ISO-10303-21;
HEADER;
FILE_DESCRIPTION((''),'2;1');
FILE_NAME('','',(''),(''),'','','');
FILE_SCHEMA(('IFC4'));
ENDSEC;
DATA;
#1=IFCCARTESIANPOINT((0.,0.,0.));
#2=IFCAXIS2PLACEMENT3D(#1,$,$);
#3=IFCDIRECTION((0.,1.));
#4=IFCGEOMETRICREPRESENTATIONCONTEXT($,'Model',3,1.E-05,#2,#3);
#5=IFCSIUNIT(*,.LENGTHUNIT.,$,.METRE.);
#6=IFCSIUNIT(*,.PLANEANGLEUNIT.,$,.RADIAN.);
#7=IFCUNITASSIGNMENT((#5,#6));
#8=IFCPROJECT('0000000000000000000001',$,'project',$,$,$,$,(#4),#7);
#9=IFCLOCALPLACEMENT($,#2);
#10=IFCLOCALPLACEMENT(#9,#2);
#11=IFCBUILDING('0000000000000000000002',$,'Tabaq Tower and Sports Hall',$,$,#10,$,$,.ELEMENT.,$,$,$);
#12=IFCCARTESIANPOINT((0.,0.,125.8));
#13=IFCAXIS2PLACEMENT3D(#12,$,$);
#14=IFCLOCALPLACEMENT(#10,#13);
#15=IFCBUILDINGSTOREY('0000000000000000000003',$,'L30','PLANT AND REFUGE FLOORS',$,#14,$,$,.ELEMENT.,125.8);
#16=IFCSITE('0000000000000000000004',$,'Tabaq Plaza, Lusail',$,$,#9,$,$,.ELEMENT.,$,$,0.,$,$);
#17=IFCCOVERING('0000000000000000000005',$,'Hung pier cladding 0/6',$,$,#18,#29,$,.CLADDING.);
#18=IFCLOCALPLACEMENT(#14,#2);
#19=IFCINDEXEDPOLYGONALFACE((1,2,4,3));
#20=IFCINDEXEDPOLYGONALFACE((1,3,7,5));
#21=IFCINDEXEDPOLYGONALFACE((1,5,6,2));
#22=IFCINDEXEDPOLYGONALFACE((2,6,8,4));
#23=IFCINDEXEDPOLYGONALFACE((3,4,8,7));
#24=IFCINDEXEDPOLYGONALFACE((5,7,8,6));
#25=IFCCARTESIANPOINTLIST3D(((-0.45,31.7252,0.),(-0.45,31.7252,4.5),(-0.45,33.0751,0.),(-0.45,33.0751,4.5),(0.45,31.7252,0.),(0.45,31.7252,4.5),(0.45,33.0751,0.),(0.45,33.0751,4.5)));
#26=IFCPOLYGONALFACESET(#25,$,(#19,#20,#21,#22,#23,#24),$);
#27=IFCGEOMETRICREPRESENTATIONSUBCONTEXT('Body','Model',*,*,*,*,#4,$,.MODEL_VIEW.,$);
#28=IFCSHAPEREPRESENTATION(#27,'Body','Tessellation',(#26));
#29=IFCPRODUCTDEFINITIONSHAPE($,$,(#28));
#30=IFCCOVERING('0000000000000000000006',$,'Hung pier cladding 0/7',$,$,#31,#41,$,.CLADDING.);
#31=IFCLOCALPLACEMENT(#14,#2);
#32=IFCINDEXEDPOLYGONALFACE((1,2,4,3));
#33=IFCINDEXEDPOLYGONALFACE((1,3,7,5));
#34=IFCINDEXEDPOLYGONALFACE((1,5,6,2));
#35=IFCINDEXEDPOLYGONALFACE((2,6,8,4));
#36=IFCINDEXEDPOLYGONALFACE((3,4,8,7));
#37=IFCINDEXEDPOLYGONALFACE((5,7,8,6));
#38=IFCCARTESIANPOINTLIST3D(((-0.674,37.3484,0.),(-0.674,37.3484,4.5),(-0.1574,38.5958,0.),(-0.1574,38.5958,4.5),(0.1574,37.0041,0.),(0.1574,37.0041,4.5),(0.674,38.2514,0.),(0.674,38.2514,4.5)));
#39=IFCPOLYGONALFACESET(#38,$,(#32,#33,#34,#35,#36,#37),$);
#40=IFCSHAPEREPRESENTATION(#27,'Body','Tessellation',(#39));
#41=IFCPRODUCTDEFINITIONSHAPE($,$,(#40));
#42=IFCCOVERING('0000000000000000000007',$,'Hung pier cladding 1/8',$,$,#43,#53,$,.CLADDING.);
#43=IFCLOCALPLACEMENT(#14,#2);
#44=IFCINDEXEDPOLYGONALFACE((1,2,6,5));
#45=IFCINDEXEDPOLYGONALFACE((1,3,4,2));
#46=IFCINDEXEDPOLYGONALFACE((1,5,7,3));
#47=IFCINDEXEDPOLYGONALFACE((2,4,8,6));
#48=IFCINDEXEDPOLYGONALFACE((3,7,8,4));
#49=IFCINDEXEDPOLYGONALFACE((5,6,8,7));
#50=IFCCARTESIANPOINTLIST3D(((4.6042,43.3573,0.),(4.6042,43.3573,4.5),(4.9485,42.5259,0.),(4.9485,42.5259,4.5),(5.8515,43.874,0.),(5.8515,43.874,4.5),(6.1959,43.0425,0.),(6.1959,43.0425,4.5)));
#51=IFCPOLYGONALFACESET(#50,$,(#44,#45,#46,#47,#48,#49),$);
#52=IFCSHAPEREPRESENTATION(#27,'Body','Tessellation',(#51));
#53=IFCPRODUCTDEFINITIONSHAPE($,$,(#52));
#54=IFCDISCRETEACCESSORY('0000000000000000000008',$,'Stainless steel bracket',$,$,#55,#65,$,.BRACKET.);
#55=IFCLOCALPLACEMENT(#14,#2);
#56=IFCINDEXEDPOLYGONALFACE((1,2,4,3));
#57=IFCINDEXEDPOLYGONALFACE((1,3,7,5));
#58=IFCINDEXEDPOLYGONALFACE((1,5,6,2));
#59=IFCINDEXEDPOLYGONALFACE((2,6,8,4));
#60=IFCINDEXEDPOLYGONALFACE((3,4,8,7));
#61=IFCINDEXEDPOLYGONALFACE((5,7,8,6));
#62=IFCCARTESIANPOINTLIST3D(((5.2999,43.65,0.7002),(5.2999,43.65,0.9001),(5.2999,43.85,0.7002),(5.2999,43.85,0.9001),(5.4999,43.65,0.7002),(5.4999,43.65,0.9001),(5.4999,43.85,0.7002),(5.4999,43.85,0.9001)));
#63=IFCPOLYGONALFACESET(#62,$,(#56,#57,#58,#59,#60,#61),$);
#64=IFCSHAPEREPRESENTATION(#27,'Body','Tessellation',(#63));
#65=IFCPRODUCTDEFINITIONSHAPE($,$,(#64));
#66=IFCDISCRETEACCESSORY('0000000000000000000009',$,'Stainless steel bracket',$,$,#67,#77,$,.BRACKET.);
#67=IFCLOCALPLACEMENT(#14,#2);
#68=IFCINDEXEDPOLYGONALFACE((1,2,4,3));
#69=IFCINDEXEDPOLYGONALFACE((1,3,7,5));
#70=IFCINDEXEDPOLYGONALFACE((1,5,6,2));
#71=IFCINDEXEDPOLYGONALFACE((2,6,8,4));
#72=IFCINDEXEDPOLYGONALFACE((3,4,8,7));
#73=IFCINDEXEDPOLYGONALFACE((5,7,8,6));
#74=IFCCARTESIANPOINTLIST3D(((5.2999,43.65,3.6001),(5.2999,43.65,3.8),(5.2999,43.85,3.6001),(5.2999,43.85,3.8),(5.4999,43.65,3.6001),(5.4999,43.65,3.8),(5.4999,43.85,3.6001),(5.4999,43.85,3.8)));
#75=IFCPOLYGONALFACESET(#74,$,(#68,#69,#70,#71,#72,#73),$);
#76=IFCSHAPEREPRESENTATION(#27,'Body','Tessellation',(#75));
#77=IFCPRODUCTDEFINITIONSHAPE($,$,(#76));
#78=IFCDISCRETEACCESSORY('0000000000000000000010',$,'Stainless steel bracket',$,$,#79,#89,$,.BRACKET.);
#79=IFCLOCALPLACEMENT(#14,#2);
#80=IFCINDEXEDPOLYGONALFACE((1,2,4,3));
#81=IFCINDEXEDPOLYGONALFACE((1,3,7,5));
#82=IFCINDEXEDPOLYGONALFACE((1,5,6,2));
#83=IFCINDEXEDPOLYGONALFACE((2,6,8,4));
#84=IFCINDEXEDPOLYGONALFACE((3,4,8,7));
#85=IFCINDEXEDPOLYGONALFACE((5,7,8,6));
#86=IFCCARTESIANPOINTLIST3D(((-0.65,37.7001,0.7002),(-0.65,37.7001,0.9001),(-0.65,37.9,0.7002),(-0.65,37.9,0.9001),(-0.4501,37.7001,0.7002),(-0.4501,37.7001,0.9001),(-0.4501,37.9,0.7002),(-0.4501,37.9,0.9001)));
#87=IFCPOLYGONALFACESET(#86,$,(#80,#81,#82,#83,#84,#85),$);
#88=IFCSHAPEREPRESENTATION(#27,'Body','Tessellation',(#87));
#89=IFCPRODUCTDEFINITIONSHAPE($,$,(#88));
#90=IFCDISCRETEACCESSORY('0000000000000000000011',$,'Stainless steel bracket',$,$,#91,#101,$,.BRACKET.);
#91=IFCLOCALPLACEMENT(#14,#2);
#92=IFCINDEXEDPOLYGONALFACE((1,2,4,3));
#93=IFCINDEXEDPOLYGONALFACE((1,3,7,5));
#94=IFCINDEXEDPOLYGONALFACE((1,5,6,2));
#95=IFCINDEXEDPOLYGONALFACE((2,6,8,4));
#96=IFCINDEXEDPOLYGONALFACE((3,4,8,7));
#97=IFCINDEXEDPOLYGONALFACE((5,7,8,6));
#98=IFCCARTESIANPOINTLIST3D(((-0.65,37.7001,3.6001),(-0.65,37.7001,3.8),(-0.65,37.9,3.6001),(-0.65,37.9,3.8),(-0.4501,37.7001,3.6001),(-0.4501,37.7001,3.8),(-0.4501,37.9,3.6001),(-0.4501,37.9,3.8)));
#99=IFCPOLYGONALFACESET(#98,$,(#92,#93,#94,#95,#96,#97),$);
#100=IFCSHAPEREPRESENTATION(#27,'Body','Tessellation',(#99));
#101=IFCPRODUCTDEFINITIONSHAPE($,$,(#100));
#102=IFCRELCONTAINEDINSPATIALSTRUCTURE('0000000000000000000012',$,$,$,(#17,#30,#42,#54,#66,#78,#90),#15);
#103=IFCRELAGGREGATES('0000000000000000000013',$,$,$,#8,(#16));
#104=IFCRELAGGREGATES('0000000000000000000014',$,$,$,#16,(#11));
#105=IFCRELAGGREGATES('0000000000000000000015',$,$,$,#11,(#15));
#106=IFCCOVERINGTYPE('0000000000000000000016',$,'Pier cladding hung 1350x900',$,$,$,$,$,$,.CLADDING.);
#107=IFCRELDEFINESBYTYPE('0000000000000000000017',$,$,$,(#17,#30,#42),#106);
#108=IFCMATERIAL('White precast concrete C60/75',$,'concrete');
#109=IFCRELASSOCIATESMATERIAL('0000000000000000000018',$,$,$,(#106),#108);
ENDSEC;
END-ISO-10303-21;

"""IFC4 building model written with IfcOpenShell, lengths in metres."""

from ifc_helpers import new_model, si_unit, direction, frame, frame_2d, origin, origin_2d, place, context, subcontext, project, spatial, rectangle, extrude, material, type_object, element, save


model = new_model("IFC4")

# Units and contexts
model_context = context("Model", 3, precision=1e-05, world=origin(), true_north=direction((0.0, 1.0)))
body_context = subcontext(model_context, "Body", "Model", "MODEL_VIEW")
ifc_project = project(units=[si_unit("LENGTHUNIT", "METRE"), si_unit("PLANEANGLEUNIT", "RADIAN")], contexts=[model_context])

# Site, building, storey
site_placement = place(None, origin())
site = spatial("IfcSite", under=ifc_project, at=site_placement, Name="Tabaq Plaza, Lusail", CompositionType="ELEMENT", RefElevation=0.0)
building_placement = place(site_placement, origin())
building = spatial("IfcBuilding", under=site, at=building_placement, Name="Tabaq Tower and Sports Hall", CompositionType="ELEMENT")
storey_placement = place(building_placement, frame((0.0, 0.0, 125.8)))
storey = spatial("IfcBuildingStorey", under=building, at=storey_placement, Name="L30", Description="PLANT AND REFUGE FLOORS", CompositionType="ELEMENT", Elevation=125.8)

# Coverings
ifc_material_1 = material(Name="White precast concrete C60/75", Category="concrete")
covering_type_1 = type_object("IfcCoveringType", Name="Pier cladding hung 1350x900", PredefinedType="CLADDING", material=ifc_material_1)
covering_1_placement = place(storey_placement, frame((0.0, 33.075, 0.0), z_axis=(0.0, 0.0, 1.0), x_axis=(0.0, -1.0, 0.0)))
element("IfcCovering", 1, at=covering_1_placement, inside=storey, type_object=covering_type_1, Name="Hung pier cladding 0/6", PredefinedType="CLADDING", context=body_context, shape_type="SweptSolid", body=[
    extrude(rectangle(XDim=1.3499, YDim=0.8999, at=frame_2d((0.6748, 0.0))), origin(), (0.0, 0.0, 1.0), 4.5),
])
for number, where, z_axis, x_axis, name in (
    (2, (0.2583, 38.4236, 0.0), (0.0, 0.0, 1.0), (-0.38265, -0.923893, 0.0), "Hung pier cladding 0/7"),
    (3, (6.0237, 43.4583, 0.0), (0.0, 0.0, 1.0), (-0.923893, -0.38265, 0.0), "Hung pier cladding 1/8"),
):
    element("IfcCovering", number, at=place(storey_placement, frame(where, z_axis=z_axis, x_axis=x_axis)), inside=storey, type_object=covering_type_1, Name=name, PredefinedType="CLADDING", context=body_context, shape_type="SweptSolid", body=[
        extrude(rectangle(XDim=1.3501, YDim=0.8999, at=frame_2d((0.675, 0.0))), origin(), (0.0, 0.0, 1.0), 4.5),
    ])

# Discrete accessories
for number, where, z_axis, x_axis, name in (
    (4, (5.3999, 43.75, 0.7002), (0.0, 0.0, 1.0), (0.0, -1.0, 0.0), "Stainless steel bracket"),
    (5, (5.3999, 43.75, 3.6001), (0.0, 0.0, 1.0), (0.0, -1.0, 0.0), "Stainless steel bracket"),
    (6, (-0.55, 37.8, 0.7002), (0.0, 0.0, 1.0), (1.0, 0.0, 0.0), "Stainless steel bracket"),
    (7, (-0.55, 37.8, 3.6001), (0.0, 0.0, 1.0), (1.0, 0.0, 0.0), "Stainless steel bracket"),
):
    element("IfcDiscreteAccessory", number, at=place(storey_placement, frame(where, z_axis=z_axis, x_axis=x_axis)), inside=storey, Name=name, PredefinedType="BRACKET", context=body_context, shape_type="SweptSolid", body=[
        extrude(rectangle(XDim=0.2, YDim=0.2, at=origin_2d()), origin(), (0.0, 0.0, 1.0), 0.2),
    ])

save(model, "model.ifc")
